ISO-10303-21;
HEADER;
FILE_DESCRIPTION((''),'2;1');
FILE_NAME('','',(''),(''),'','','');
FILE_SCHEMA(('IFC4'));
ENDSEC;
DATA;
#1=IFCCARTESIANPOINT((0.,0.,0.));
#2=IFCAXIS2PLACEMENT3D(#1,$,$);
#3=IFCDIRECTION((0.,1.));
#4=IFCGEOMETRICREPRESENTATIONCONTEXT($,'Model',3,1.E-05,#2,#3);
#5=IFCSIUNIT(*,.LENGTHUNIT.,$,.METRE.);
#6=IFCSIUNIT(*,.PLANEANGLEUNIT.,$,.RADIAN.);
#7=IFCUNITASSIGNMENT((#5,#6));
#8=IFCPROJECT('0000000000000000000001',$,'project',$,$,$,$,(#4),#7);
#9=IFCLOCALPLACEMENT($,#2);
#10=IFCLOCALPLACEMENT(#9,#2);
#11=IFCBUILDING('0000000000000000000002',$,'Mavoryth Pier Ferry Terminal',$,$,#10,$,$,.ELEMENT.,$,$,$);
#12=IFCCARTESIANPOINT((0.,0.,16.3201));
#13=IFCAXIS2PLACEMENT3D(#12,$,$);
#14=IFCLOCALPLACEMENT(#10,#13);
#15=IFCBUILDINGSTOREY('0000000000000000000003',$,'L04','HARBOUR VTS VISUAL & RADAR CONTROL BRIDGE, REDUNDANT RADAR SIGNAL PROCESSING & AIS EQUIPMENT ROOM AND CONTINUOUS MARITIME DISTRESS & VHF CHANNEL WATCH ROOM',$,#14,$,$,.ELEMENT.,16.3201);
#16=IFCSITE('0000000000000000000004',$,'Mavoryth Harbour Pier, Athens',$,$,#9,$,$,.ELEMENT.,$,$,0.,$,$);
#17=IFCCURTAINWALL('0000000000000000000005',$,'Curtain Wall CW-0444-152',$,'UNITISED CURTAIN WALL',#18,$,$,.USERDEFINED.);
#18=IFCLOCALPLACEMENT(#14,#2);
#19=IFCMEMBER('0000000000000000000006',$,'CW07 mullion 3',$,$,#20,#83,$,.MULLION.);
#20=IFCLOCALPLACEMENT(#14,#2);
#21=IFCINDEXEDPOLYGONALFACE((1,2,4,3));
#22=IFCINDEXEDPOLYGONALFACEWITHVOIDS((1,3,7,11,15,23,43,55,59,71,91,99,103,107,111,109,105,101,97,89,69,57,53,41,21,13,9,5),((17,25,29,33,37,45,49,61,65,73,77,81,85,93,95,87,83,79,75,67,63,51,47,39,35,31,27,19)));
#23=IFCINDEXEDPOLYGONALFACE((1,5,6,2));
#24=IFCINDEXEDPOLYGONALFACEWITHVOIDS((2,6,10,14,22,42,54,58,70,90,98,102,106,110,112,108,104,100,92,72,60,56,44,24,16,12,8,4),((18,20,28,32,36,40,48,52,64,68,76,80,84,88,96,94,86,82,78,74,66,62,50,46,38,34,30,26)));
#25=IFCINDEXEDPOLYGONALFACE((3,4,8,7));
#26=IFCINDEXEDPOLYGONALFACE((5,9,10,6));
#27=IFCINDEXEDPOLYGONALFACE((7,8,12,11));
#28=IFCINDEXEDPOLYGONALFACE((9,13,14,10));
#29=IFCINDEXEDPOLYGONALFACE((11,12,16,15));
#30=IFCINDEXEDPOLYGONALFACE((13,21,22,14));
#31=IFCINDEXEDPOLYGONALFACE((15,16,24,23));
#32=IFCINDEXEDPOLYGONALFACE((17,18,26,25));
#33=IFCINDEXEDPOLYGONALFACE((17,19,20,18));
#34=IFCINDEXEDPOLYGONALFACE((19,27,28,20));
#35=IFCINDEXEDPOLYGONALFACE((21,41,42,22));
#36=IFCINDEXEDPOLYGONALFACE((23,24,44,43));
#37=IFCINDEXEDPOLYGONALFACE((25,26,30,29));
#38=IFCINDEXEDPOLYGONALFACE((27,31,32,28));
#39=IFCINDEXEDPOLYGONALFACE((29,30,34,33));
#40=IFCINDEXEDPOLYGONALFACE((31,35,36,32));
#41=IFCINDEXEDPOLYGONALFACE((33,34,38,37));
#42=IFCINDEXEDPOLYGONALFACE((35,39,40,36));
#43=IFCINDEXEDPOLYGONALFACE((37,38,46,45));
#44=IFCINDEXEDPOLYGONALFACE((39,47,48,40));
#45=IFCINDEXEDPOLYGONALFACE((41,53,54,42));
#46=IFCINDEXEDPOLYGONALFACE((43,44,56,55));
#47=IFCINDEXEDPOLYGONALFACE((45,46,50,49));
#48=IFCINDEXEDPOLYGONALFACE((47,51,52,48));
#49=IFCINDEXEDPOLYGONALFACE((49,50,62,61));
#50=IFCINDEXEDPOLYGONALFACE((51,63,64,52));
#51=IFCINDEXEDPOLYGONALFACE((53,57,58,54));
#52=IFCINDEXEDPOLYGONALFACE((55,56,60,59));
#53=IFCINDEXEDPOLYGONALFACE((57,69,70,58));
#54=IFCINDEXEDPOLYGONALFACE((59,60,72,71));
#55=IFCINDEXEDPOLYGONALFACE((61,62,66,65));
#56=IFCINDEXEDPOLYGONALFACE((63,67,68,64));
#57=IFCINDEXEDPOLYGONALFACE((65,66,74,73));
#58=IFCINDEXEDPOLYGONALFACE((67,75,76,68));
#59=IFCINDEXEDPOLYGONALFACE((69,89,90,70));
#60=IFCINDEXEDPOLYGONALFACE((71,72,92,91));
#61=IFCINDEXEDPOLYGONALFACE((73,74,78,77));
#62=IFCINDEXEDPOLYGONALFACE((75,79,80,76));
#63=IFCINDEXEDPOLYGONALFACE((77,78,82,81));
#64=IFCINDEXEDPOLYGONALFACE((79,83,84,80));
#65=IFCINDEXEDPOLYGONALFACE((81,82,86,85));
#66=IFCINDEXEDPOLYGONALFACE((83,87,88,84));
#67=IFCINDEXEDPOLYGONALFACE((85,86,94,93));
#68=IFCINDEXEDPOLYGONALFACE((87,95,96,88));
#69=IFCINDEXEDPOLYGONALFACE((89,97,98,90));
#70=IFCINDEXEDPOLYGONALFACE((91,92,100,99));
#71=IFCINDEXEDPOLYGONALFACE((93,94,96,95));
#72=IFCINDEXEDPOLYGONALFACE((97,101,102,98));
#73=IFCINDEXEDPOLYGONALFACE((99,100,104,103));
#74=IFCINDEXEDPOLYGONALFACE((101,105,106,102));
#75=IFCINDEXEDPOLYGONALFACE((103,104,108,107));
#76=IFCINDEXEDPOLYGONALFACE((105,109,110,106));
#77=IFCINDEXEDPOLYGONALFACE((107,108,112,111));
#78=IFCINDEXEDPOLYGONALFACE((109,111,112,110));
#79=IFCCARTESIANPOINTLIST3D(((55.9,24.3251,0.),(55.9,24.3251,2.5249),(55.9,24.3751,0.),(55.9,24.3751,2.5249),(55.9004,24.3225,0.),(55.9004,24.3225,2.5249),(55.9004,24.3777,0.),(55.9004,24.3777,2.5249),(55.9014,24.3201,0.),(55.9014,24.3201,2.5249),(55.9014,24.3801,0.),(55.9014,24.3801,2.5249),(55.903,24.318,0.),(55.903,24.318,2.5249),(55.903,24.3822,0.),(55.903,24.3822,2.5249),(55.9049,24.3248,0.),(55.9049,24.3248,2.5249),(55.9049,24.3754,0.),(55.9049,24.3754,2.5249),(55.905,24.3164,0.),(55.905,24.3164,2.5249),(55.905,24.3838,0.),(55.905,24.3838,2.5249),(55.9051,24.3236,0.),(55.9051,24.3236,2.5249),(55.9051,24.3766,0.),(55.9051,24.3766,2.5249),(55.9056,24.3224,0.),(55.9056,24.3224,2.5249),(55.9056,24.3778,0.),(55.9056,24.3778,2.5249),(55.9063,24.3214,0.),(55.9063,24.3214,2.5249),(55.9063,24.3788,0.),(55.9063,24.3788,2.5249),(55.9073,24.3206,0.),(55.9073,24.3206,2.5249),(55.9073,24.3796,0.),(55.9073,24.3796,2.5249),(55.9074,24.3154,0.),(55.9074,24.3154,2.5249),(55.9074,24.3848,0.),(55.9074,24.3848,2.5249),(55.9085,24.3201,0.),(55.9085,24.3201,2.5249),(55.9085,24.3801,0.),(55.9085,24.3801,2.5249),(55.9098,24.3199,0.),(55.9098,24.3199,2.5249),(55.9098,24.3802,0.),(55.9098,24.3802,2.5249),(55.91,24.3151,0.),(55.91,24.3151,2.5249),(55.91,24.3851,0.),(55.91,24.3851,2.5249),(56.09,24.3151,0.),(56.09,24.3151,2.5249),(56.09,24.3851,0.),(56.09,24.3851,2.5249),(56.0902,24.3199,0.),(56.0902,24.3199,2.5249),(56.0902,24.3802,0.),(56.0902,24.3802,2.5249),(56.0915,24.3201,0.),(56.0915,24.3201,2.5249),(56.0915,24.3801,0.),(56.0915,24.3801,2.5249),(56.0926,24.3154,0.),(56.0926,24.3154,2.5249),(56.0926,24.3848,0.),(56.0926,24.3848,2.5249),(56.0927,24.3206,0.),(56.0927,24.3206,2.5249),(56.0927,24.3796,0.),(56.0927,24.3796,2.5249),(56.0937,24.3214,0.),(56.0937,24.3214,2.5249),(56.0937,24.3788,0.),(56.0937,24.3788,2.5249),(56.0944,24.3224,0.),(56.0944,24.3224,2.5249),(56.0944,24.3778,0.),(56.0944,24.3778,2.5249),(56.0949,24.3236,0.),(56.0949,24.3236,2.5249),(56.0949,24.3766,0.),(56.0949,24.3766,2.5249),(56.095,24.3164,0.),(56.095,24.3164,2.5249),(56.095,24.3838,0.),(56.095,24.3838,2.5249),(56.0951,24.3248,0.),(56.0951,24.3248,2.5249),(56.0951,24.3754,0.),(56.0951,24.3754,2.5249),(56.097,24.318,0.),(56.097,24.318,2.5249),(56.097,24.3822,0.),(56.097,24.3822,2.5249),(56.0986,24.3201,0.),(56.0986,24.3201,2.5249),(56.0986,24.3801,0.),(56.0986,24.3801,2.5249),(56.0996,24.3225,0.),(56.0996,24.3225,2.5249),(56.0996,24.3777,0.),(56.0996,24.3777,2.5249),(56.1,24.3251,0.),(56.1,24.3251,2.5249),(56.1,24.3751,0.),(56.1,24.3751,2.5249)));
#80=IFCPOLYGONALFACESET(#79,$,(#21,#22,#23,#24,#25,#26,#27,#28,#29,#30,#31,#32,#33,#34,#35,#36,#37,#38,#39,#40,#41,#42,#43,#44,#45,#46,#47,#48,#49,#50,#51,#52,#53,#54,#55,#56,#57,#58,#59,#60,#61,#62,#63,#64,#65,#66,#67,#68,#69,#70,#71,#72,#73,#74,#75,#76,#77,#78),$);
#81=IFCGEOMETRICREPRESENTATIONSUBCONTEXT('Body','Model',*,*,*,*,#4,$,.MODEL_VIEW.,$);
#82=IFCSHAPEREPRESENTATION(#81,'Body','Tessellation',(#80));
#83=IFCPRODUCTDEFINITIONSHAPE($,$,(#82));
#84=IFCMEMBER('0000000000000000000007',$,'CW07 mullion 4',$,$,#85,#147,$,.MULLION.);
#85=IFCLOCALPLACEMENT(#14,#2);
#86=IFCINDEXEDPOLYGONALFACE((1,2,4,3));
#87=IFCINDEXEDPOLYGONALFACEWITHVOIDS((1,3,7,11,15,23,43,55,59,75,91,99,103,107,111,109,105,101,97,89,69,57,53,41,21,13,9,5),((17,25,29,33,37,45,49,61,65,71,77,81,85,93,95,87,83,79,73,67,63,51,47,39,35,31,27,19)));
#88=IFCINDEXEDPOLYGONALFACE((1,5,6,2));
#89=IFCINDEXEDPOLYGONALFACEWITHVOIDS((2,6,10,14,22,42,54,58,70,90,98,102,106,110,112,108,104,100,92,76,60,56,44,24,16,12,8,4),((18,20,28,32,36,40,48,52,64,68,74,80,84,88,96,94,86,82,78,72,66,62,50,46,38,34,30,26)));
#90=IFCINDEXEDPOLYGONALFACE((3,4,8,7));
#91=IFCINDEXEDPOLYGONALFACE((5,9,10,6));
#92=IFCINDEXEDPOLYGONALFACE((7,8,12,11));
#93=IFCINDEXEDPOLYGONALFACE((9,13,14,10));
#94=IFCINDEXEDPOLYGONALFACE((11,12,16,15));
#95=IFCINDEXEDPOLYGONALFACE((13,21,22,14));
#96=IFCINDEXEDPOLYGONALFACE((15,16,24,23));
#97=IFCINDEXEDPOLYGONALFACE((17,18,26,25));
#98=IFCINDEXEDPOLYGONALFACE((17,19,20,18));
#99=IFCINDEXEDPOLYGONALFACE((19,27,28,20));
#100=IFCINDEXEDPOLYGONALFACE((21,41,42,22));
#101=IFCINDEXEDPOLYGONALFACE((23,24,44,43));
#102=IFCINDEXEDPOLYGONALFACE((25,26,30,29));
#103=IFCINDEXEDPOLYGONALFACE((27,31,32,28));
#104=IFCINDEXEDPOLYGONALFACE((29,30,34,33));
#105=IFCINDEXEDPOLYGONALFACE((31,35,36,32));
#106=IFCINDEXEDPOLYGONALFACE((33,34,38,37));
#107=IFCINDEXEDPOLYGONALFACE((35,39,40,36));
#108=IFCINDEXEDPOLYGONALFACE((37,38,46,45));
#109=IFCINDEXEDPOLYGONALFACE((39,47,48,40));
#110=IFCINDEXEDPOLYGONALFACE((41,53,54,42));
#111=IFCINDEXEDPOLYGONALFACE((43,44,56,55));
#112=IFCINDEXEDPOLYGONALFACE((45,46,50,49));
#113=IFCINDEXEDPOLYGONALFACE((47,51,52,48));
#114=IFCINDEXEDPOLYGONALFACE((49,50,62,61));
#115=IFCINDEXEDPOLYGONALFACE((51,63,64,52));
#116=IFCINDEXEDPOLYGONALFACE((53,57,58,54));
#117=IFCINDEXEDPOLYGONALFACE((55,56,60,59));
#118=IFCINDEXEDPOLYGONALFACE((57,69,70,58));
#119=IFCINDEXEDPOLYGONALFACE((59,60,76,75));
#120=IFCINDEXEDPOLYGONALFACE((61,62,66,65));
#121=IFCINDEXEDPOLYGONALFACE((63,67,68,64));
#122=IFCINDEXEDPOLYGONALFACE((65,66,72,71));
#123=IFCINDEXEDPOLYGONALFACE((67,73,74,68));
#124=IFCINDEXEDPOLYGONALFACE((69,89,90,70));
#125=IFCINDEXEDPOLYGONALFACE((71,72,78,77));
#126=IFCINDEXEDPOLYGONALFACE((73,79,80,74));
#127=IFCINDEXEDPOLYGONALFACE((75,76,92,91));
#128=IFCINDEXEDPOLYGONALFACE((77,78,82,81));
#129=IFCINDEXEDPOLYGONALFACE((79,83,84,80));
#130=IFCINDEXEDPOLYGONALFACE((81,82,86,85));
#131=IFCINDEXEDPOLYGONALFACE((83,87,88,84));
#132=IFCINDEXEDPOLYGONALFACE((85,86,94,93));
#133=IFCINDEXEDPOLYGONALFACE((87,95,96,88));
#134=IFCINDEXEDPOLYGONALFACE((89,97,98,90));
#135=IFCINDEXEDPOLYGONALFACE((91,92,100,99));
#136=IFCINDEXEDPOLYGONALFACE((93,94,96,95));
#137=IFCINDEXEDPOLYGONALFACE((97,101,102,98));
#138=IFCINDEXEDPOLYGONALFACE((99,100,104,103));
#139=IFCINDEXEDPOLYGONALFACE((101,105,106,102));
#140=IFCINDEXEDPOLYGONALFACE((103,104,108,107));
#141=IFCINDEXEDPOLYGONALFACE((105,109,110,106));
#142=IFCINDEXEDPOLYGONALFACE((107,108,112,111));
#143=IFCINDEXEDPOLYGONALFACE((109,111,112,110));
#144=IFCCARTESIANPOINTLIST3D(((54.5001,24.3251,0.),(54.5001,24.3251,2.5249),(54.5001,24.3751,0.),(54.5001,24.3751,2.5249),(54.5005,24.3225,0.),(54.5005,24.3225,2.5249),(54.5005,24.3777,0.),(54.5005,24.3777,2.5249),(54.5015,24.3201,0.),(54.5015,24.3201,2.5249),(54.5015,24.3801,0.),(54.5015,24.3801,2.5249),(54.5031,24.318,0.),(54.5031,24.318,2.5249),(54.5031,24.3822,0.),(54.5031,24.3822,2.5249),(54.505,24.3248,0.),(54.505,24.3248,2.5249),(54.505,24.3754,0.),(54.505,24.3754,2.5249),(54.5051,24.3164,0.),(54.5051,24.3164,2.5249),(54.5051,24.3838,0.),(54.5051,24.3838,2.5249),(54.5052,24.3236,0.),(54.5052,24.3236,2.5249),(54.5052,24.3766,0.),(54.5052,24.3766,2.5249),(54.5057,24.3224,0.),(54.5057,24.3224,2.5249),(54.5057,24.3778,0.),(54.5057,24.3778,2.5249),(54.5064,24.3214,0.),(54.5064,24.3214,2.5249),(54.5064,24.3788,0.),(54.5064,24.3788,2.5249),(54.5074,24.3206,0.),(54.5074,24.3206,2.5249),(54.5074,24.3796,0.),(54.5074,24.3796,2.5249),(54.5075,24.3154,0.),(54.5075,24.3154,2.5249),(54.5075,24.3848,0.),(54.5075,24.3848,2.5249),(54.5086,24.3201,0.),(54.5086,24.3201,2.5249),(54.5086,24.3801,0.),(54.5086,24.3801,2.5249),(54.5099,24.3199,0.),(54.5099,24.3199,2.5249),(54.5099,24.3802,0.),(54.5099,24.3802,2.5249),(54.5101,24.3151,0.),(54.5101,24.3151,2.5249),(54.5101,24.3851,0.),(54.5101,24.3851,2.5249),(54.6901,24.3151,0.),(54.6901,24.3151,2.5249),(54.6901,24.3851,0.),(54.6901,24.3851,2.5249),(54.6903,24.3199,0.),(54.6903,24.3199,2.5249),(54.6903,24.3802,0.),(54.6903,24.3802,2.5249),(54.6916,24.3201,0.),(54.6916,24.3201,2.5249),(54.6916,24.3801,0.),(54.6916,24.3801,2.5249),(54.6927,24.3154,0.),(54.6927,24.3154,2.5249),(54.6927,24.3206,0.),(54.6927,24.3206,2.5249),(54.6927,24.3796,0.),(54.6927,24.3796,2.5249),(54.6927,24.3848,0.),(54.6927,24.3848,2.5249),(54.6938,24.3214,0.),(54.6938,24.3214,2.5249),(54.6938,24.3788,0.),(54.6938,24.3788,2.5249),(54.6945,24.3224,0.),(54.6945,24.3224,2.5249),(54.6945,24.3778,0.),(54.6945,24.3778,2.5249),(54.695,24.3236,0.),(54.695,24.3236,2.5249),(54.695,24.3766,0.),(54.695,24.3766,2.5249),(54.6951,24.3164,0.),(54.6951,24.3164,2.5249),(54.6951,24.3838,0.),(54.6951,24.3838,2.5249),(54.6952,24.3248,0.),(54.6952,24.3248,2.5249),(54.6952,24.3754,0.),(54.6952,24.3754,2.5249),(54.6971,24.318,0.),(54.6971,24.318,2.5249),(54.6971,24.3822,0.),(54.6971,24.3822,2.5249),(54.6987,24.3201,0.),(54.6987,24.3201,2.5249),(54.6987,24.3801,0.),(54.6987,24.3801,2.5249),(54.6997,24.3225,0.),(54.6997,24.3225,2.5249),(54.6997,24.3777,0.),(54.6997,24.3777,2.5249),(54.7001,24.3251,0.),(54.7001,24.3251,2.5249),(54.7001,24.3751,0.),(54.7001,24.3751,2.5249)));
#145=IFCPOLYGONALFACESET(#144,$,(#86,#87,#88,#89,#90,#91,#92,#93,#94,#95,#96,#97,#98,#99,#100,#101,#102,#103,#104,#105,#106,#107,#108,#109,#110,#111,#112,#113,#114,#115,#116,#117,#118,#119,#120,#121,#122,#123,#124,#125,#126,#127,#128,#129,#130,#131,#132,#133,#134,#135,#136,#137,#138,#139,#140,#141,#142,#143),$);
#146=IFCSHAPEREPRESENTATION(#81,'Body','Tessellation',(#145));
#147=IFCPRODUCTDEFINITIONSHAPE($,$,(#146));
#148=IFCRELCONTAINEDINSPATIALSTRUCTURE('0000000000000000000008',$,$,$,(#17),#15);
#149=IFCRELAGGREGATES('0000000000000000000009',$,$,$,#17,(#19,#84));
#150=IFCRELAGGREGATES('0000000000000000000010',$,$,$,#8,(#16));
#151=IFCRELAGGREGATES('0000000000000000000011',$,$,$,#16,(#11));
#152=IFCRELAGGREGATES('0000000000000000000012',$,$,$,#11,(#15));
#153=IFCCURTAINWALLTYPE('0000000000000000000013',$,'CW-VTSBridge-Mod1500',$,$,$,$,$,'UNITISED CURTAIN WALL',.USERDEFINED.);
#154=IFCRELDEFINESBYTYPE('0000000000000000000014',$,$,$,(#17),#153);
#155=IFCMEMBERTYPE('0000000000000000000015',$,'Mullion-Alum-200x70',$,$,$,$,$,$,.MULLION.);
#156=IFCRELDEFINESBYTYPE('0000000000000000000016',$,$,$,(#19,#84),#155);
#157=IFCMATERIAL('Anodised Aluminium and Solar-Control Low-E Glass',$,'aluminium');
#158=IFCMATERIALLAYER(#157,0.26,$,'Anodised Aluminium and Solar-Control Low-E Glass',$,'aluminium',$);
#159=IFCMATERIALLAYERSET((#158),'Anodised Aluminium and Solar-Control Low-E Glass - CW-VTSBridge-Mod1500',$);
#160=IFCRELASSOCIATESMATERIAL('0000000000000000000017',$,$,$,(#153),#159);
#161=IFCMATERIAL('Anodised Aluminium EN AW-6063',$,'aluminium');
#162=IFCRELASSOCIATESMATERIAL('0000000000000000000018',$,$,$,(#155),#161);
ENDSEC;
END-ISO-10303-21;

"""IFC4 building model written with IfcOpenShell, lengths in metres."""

from ifc_helpers import new_model, si_unit, direction, frame, origin, origin_2d, place, context, subcontext, project, spatial, hollow_rectangle, extrude, material, layer, layer_set, material_profile, profile_set, type_object, element, aggregate, save


model = new_model("IFC4")

# Units and contexts
model_context = context("Model", 3, precision=1e-05, world=origin(), true_north=direction((0.0, 1.0)))
body_context = subcontext(model_context, "Body", "Model", "MODEL_VIEW")
ifc_project = project(units=[si_unit("LENGTHUNIT", "METRE"), si_unit("PLANEANGLEUNIT", "RADIAN")], contexts=[model_context])

# Site, building, storey
site_placement = place(None, origin())
site = spatial("IfcSite", under=ifc_project, at=site_placement, Name="Mavoryth Harbour Pier, Athens", CompositionType="ELEMENT", RefElevation=0.0)
building_placement = place(site_placement, origin())
building = spatial("IfcBuilding", under=site, at=building_placement, Name="Mavoryth Pier Ferry Terminal", CompositionType="ELEMENT")
storey_placement = place(building_placement, frame((0.0, 0.0, 16.3201)))
storey = spatial("IfcBuildingStorey", under=building, at=storey_placement, Name="L04", Description="HARBOUR VTS VISUAL & RADAR CONTROL BRIDGE, REDUNDANT RADAR SIGNAL PROCESSING & AIS EQUIPMENT ROOM AND CONTINUOUS MARITIME DISTRESS & VHF CHANNEL WATCH ROOM", CompositionType="ELEMENT", Elevation=16.3201)

# Curtain wall, members
ifc_material_1 = material(Name="Anodised Aluminium and Solar-Control Low-E Glass", Category="aluminium")
ifc_layer_1 = layer(ifc_material_1, 0.26, Name="Anodised Aluminium and Solar-Control Low-E Glass", Category="aluminium")
ifc_layer_set_1 = layer_set([ifc_layer_1], Name="Anodised Aluminium and Solar-Control Low-E Glass - CW-VTSBridge-Mod1500")
curtain_wall_type = type_object("IfcCurtainWallType", Name="CW-VTSBridge-Mod1500", ElementType="UNITISED CURTAIN WALL", PredefinedType="USERDEFINED", material=ifc_layer_set_1)
curtain_wall_placement = place(storey_placement, origin())
curtain_wall = element("IfcCurtainWall", 1, at=curtain_wall_placement, inside=storey, type_object=curtain_wall_type, Name="Curtain Wall CW-0444-152", ObjectType="UNITISED CURTAIN WALL", PredefinedType="USERDEFINED")
ifc_material_2 = material(Name="Anodised Aluminium EN AW-6063", Category="aluminium")
ifc_material_profile_1 = material_profile(ifc_material_2, hollow_rectangle(XDim=0.0701, YDim=0.2, WallThickness=0.0049, InnerFilletRadius=0.0049, OuterFilletRadius=0.01, at=origin_2d()), Name="AL-MULL 200x70x5", Category="aluminium")
ifc_profile_set_1 = profile_set([ifc_material_profile_1], Name="Anodised Aluminium EN AW-6063 - AL-MULL 200x70x5")
member_type_1 = type_object("IfcMemberType", Name="Mullion-Alum-200x70", PredefinedType="MULLION", material=ifc_profile_set_1)
member_1_placement = place(storey_placement, frame((56.0, 24.3501, 0.0), z_axis=(0.0, 0.0, 1.0), x_axis=(0.0, -1.0, 0.0)))
member_1 = element("IfcMember", 2, at=member_1_placement, type_object=member_type_1, Name="CW07 mullion 3", PredefinedType="MULLION", context=body_context, shape_type="SweptSolid", body=[
    extrude(hollow_rectangle(XDim=0.0701, YDim=0.2, WallThickness=0.0049, InnerFilletRadius=0.0049, OuterFilletRadius=0.01, at=origin_2d()), origin(), (0.0, 0.0, 1.0), 2.5249),
])
member_2_placement = place(storey_placement, frame((54.6001, 24.3501, 0.0), z_axis=(0.0, 0.0, 1.0), x_axis=(0.0, -1.0, 0.0)))
member_2 = element("IfcMember", 3, at=member_2_placement, type_object=member_type_1, Name="CW07 mullion 4", PredefinedType="MULLION", context=body_context, shape_type="SweptSolid", body=[
    extrude(hollow_rectangle(XDim=0.0701, YDim=0.2, WallThickness=0.0049, InnerFilletRadius=0.0049, OuterFilletRadius=0.01, at=origin_2d()), origin(), (0.0, 0.0, 1.0), 2.5249),
])

aggregate(curtain_wall, [member_1, member_2])

save(model, "model.ifc")
